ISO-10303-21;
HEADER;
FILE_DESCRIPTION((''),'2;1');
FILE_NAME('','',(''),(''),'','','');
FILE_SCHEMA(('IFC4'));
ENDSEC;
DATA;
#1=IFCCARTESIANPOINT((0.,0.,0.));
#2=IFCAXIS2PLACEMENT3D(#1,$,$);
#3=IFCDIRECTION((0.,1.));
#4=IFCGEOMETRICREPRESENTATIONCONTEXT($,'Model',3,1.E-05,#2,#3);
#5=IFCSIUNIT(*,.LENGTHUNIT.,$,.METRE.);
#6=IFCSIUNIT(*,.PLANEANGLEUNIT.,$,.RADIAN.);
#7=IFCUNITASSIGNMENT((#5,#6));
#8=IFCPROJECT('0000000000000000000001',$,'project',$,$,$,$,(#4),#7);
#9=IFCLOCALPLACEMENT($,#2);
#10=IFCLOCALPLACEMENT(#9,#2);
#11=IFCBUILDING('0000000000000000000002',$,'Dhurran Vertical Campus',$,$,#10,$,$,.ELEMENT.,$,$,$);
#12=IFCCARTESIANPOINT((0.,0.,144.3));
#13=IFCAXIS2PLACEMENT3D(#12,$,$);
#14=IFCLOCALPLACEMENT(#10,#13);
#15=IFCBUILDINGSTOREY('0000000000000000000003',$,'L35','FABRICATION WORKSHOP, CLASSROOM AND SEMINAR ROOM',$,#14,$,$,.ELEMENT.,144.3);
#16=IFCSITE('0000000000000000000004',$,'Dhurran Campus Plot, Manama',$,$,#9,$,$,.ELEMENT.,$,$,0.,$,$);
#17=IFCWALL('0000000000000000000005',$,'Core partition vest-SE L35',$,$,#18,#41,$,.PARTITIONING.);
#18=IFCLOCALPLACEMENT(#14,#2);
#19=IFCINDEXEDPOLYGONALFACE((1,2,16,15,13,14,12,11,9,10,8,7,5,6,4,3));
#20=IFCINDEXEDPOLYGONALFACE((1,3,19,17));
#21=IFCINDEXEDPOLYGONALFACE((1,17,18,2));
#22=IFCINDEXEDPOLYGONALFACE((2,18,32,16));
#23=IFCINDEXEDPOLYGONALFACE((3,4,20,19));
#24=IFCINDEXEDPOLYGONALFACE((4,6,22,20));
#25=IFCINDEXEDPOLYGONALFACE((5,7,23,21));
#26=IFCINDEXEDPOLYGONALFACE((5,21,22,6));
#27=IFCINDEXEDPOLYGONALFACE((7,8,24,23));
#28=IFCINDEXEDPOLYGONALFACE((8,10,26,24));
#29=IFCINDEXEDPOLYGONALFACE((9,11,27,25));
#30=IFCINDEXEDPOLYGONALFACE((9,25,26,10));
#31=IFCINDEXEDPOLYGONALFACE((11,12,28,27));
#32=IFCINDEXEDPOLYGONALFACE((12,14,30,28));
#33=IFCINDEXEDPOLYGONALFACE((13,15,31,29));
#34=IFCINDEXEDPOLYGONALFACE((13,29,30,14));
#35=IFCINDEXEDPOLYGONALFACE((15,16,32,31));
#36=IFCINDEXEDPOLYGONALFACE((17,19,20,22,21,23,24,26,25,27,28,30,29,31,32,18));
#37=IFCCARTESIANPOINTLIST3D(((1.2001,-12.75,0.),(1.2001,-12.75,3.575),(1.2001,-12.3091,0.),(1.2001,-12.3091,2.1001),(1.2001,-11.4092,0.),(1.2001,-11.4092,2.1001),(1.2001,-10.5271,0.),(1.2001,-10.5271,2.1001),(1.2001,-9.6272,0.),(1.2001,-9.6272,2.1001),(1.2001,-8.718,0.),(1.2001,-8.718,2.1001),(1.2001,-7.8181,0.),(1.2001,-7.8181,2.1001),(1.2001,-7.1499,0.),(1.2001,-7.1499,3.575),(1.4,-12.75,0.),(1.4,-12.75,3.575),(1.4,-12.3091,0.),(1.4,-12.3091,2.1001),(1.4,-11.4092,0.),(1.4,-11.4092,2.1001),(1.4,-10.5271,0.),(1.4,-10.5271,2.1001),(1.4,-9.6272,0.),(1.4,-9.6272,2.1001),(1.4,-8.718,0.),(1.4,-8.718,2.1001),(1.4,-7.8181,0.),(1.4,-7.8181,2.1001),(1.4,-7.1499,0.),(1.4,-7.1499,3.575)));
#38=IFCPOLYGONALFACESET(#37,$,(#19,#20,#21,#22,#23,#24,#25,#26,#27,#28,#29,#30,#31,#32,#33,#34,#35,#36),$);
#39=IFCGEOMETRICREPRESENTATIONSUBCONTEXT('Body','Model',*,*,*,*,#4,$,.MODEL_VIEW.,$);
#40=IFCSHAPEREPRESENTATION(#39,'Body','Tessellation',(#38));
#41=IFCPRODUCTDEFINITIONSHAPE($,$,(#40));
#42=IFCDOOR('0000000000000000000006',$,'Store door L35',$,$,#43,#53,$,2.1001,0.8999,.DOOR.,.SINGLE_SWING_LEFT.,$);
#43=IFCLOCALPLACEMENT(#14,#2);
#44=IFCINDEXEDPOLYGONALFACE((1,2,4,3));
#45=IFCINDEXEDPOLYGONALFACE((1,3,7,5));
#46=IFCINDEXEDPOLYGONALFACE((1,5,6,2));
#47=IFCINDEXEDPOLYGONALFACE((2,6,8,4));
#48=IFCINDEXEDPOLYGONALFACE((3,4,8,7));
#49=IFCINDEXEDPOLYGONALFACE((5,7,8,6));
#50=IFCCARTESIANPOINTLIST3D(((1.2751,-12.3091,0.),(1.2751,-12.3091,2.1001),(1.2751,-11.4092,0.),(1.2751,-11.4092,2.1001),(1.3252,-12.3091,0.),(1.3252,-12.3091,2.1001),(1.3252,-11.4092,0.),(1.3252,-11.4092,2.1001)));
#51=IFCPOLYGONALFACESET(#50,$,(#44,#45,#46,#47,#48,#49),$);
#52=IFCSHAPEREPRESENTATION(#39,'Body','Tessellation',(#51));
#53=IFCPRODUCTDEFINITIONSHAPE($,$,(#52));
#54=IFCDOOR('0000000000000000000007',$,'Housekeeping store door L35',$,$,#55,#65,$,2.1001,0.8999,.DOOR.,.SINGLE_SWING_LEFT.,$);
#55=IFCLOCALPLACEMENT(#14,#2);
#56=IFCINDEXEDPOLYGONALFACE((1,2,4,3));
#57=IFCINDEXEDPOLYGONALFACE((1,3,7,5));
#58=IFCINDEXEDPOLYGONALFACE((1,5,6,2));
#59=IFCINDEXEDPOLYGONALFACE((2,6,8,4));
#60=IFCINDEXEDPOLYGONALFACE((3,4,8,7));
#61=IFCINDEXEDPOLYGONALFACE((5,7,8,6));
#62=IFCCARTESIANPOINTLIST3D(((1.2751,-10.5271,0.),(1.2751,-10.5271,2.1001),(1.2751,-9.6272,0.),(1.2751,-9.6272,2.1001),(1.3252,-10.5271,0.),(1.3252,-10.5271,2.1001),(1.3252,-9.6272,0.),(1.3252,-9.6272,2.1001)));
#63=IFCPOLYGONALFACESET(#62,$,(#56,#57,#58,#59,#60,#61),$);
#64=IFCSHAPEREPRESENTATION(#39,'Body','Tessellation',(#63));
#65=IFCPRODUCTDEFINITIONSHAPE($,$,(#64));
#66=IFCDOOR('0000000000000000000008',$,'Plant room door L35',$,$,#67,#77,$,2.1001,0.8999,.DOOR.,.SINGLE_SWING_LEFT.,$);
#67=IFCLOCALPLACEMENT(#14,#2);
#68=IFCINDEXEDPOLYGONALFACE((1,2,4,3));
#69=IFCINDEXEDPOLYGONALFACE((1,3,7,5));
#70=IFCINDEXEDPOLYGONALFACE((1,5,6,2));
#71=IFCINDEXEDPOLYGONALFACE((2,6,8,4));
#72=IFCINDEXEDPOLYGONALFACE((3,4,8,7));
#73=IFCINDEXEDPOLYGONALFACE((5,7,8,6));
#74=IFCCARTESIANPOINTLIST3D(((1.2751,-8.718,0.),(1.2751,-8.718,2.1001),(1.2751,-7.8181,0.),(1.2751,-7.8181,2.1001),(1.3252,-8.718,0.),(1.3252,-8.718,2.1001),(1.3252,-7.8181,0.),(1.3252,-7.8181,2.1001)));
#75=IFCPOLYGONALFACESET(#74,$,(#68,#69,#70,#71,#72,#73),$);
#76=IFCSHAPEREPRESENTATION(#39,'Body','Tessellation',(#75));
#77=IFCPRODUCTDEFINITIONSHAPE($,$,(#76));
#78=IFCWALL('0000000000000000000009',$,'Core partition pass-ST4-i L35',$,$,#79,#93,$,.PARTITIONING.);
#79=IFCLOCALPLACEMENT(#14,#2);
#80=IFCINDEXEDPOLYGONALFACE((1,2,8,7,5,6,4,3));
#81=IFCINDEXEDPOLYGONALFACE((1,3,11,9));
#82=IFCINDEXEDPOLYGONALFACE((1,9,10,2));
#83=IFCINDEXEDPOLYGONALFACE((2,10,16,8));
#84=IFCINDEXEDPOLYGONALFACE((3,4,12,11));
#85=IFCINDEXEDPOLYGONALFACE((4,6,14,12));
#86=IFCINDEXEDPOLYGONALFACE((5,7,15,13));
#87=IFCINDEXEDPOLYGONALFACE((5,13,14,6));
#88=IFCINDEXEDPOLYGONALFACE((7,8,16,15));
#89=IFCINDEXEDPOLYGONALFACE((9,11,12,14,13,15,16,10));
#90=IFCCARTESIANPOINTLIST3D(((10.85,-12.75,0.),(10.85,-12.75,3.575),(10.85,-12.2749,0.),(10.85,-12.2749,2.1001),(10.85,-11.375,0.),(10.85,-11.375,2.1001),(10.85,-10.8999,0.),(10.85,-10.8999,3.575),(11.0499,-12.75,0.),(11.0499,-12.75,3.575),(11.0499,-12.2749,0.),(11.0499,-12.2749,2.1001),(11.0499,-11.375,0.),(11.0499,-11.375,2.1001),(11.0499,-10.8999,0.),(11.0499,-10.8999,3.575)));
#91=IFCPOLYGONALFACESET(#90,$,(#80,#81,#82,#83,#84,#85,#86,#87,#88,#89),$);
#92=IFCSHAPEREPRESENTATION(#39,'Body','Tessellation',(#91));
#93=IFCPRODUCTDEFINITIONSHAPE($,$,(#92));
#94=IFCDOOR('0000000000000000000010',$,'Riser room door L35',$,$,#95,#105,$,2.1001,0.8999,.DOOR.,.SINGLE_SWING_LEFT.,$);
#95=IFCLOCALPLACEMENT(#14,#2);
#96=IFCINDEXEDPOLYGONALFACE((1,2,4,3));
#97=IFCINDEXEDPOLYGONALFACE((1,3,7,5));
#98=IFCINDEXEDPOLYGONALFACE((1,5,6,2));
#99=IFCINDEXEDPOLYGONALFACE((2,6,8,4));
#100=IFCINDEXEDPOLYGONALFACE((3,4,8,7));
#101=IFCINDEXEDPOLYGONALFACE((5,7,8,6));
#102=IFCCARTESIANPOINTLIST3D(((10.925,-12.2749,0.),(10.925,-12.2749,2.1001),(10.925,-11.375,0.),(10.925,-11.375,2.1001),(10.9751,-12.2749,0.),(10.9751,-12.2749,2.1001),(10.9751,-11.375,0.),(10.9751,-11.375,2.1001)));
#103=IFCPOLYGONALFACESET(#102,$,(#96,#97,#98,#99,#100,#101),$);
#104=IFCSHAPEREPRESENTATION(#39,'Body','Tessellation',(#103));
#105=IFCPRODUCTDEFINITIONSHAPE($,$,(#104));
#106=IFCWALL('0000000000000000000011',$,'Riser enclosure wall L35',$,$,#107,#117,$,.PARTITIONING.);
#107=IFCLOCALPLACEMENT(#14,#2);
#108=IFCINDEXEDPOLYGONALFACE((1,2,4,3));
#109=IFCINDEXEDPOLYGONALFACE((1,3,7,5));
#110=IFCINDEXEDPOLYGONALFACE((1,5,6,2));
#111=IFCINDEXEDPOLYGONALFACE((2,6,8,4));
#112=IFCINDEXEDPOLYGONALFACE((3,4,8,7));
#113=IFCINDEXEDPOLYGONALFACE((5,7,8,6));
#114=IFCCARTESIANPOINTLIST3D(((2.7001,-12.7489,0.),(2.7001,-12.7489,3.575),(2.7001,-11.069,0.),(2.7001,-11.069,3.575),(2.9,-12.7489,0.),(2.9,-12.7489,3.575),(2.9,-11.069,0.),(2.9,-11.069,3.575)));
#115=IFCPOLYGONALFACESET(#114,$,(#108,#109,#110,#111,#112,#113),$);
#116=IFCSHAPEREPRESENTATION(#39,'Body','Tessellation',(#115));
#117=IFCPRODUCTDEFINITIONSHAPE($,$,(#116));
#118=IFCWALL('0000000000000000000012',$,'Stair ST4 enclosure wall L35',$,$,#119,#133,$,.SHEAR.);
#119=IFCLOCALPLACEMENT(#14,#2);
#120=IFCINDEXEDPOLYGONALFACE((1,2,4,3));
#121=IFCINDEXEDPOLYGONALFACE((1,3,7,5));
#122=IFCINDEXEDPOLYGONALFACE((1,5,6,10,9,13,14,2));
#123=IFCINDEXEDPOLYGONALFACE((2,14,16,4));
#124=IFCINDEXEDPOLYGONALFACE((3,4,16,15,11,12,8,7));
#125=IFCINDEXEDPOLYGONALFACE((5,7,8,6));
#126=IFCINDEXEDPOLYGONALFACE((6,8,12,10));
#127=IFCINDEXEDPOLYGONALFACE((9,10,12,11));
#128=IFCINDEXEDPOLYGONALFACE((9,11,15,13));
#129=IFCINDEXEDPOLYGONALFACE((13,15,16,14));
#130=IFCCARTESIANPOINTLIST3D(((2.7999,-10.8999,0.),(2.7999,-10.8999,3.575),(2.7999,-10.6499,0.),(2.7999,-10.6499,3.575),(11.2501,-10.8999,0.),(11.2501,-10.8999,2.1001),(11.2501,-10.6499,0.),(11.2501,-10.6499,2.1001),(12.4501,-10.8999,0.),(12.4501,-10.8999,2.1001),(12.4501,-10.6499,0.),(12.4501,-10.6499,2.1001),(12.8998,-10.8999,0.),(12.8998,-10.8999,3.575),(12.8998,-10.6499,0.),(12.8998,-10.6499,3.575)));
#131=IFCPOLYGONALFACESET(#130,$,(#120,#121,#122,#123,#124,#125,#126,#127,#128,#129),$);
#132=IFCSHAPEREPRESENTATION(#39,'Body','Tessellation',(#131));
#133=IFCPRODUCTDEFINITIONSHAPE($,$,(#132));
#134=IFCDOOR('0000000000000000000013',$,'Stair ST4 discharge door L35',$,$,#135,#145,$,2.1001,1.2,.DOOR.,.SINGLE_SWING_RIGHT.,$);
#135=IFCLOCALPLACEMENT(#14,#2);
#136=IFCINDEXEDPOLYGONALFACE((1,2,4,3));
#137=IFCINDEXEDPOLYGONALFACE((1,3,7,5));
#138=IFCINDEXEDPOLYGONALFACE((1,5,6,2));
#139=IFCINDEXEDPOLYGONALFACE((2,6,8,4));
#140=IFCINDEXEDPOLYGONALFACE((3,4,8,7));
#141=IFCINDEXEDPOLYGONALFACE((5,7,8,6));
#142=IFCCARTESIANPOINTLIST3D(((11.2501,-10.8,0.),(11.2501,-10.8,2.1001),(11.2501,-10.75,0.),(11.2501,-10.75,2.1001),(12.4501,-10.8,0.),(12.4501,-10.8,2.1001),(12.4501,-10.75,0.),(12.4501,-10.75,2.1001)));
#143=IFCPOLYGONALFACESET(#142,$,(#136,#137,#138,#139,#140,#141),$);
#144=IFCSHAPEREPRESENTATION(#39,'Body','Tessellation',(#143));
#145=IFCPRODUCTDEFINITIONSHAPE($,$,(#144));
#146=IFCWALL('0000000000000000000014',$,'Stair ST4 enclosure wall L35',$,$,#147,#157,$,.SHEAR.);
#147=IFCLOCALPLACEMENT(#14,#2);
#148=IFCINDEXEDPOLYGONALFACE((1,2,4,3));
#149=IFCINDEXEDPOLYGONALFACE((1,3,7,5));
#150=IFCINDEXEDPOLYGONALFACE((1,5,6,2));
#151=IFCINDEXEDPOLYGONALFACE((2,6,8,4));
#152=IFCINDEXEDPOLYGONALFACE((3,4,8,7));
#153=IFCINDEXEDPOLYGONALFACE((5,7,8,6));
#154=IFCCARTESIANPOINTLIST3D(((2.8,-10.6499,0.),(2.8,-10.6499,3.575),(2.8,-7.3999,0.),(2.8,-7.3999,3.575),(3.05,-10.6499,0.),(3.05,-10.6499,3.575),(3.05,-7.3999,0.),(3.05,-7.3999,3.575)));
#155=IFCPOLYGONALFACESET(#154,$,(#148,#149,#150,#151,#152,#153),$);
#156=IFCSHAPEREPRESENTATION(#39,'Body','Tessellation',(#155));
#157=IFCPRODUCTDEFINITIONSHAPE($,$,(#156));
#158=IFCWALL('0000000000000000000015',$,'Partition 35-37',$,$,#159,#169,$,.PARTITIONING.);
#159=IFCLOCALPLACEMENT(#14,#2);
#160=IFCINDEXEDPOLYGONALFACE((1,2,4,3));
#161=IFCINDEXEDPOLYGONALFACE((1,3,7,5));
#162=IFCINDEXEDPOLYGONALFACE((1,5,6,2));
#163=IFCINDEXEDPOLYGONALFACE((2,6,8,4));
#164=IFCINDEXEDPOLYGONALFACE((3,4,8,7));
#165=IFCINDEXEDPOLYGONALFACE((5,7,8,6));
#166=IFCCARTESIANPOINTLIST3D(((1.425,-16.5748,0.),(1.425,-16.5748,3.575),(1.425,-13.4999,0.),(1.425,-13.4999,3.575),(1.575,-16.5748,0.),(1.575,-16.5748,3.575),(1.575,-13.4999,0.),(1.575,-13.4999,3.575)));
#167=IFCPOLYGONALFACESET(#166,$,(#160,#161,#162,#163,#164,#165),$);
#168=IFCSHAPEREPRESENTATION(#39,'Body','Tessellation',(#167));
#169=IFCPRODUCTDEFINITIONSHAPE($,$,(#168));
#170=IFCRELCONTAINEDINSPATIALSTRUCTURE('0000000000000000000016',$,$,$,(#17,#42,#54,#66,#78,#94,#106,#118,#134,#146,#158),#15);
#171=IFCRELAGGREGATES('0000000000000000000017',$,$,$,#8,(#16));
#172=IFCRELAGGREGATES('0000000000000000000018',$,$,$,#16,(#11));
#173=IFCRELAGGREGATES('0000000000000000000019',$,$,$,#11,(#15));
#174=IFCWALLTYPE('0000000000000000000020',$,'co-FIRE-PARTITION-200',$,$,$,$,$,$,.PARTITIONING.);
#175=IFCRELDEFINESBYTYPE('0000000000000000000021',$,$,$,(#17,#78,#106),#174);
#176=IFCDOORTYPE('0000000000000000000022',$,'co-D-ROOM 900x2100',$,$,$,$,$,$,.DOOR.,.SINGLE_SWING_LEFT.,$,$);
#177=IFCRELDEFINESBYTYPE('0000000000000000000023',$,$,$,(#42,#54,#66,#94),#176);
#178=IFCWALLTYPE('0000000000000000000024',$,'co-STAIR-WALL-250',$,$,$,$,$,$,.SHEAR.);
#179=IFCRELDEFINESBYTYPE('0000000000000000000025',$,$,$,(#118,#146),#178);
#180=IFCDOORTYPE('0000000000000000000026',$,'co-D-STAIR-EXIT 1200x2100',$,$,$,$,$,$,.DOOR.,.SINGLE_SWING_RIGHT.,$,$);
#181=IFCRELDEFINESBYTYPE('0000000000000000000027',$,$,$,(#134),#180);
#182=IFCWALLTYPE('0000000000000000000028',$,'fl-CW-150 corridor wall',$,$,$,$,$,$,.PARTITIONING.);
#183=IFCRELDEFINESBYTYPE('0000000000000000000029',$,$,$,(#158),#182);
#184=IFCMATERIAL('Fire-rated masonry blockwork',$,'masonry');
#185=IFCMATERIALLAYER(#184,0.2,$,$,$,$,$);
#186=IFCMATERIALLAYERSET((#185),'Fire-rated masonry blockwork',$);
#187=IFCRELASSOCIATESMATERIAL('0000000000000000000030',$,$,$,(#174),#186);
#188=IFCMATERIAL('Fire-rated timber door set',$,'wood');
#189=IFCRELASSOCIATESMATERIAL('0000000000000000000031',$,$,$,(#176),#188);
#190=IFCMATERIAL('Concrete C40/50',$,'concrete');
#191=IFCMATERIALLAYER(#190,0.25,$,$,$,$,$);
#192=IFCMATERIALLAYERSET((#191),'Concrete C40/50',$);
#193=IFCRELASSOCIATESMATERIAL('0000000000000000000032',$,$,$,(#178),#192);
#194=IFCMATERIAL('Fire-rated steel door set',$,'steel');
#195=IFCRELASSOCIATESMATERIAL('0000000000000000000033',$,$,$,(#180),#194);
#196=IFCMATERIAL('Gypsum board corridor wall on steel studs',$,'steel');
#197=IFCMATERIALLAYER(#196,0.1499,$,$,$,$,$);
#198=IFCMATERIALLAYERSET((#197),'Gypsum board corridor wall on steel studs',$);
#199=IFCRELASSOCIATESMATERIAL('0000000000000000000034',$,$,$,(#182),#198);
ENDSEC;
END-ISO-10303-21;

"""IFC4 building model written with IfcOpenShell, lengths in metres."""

from ifc_helpers import new_model, si_unit, direction, frame, frame_2d, origin, place, context, subcontext, project, spatial, rectangle, extrude, material, layer, layer_set, type_object, element, fill, save


model = new_model("IFC4")

# Units and contexts
model_context = context("Model", 3, precision=1e-05, world=origin(), true_north=direction((0.0, 1.0)))
body_context = subcontext(model_context, "Body", "Model", "MODEL_VIEW")
ifc_project = project(units=[si_unit("LENGTHUNIT", "METRE"), si_unit("PLANEANGLEUNIT", "RADIAN")], contexts=[model_context])

# Site, building, storey
site_placement = place(None, origin())
site = spatial("IfcSite", under=ifc_project, at=site_placement, Name="Dhurran Campus Plot, Manama", CompositionType="ELEMENT", RefElevation=0.0)
building_placement = place(site_placement, origin())
building = spatial("IfcBuilding", under=site, at=building_placement, Name="Dhurran Vertical Campus", CompositionType="ELEMENT")
storey_placement = place(building_placement, frame((0.0, 0.0, 144.3)))
storey = spatial("IfcBuildingStorey", under=building, at=storey_placement, Name="L35", Description="FABRICATION WORKSHOP, CLASSROOM AND SEMINAR ROOM", CompositionType="ELEMENT", Elevation=144.3)

# Shared definitions
ifc_material_1 = material(Name="Fire-rated masonry blockwork", Category="masonry")
ifc_layer_1 = layer(ifc_material_1, 0.2)
ifc_layer_set_1 = layer_set([ifc_layer_1], Name="Fire-rated masonry blockwork")
wall_type_1 = type_object("IfcWallType", Name="co-FIRE-PARTITION-200", PredefinedType="PARTITIONING", material=ifc_layer_set_1)

# Wall, openings, doors
wall_1_placement = place(storey_placement, frame((1.3, -12.75, 0.0), z_axis=(0.0, 0.0, 1.0), x_axis=(0.0, 1.0, 0.0)))
wall_1 = element("IfcWall", 1, at=wall_1_placement, inside=storey, type_object=wall_type_1, Name="Core partition vest-SE L35", PredefinedType="PARTITIONING", context=body_context, shape_type="SweptSolid", body=[
    extrude(rectangle(XDim=5.6001, YDim=0.2, at=frame_2d((2.8, 0.0))), origin(), (0.0, 0.0, 1.0), 3.575),
])
opening_1_placement = place(wall_1_placement, frame((0.4409, 0.0, 0.0)))
opening_1 = element("IfcOpeningElement", 2, at=opening_1_placement, cuts=wall_1, PredefinedType="OPENING", context=body_context, shape_type="SweptSolid", body=[
    extrude(rectangle(XDim=0.8999, YDim=2.1001, at=frame_2d((0.45, 1.05))), frame((0.0, 0.1099, 0.0), z_axis=(0.0, -1.0, 0.0), x_axis=(1.0, 0.0, 0.0)), (0.0, 0.0, 1.0), 0.22),
])
opening_2_placement = place(wall_1_placement, frame((2.2229, 0.0, 0.0)))
opening_2 = element("IfcOpeningElement", 3, at=opening_2_placement, cuts=wall_1, PredefinedType="OPENING", context=body_context, shape_type="SweptSolid", body=[
    extrude(rectangle(XDim=0.8999, YDim=2.1001, at=frame_2d((0.45, 1.05))), frame((0.0, 0.1099, 0.0), z_axis=(0.0, -1.0, 0.0), x_axis=(1.0, 0.0, 0.0)), (0.0, 0.0, 1.0), 0.22),
])
opening_3_placement = place(wall_1_placement, frame((4.032, 0.0, 0.0)))
opening_3 = element("IfcOpeningElement", 4, at=opening_3_placement, cuts=wall_1, PredefinedType="OPENING", context=body_context, shape_type="SweptSolid", body=[
    extrude(rectangle(XDim=0.8999, YDim=2.1001, at=frame_2d((0.45, 1.05))), frame((0.0, 0.1099, 0.0), z_axis=(0.0, -1.0, 0.0), x_axis=(1.0, 0.0, 0.0)), (0.0, 0.0, 1.0), 0.22),
])
ifc_material_2 = material(Name="Fire-rated timber door set", Category="wood")
door_type_1 = type_object("IfcDoorType", Name="co-D-ROOM 900x2100", OperationType="SINGLE_SWING_LEFT", PredefinedType="DOOR", material=ifc_material_2)
door_1_placement = place(opening_1_placement, origin())
door_1 = element("IfcDoor", 5, at=door_1_placement, inside=storey, type_object=door_type_1, Name="Store door L35", OperationType="SINGLE_SWING_LEFT", OverallHeight=2.1001, OverallWidth=0.8999, PredefinedType="DOOR", context=body_context, shape_type="SweptSolid", body=[
    extrude(rectangle(XDim=0.8999, YDim=2.1001, at=frame_2d((0.45, 1.05))), frame((0.0, 0.0249, 0.0), z_axis=(0.0, -1.0, 0.0), x_axis=(1.0, 0.0, 0.0)), (0.0, 0.0, 1.0), 0.05),
])
fill(opening_1, door_1)
door_2_placement = place(opening_2_placement, origin())
door_2 = element("IfcDoor", 6, at=door_2_placement, inside=storey, type_object=door_type_1, Name="Housekeeping store door L35", OperationType="SINGLE_SWING_LEFT", OverallHeight=2.1001, OverallWidth=0.8999, PredefinedType="DOOR", context=body_context, shape_type="SweptSolid", body=[
    extrude(rectangle(XDim=0.8999, YDim=2.1001, at=frame_2d((0.45, 1.05))), frame((0.0, 0.0249, 0.0), z_axis=(0.0, -1.0, 0.0), x_axis=(1.0, 0.0, 0.0)), (0.0, 0.0, 1.0), 0.05),
])
fill(opening_2, door_2)
door_3_placement = place(opening_3_placement, origin())
door_3 = element("IfcDoor", 7, at=door_3_placement, inside=storey, type_object=door_type_1, Name="Plant room door L35", OperationType="SINGLE_SWING_LEFT", OverallHeight=2.1001, OverallWidth=0.8999, PredefinedType="DOOR", context=body_context, shape_type="SweptSolid", body=[
    extrude(rectangle(XDim=0.8999, YDim=2.1001, at=frame_2d((0.45, 1.05))), frame((0.0, 0.0249, 0.0), z_axis=(0.0, -1.0, 0.0), x_axis=(1.0, 0.0, 0.0)), (0.0, 0.0, 1.0), 0.05),
])
fill(opening_3, door_3)

# Wall, opening, door
wall_2_placement = place(storey_placement, frame((10.95, -12.75, 0.0), z_axis=(0.0, 0.0, 1.0), x_axis=(0.0, 1.0, 0.0)))
wall_2 = element("IfcWall", 8, at=wall_2_placement, inside=storey, type_object=wall_type_1, Name="Core partition pass-ST4-i L35", PredefinedType="PARTITIONING", context=body_context, shape_type="SweptSolid", body=[
    extrude(rectangle(XDim=1.8501, YDim=0.2, at=frame_2d((0.925, 0.0))), origin(), (0.0, 0.0, 1.0), 3.575),
])
opening_4_placement = place(wall_2_placement, frame((0.4751, 0.0, 0.0)))
opening_4 = element("IfcOpeningElement", 9, at=opening_4_placement, cuts=wall_2, PredefinedType="OPENING", context=body_context, shape_type="SweptSolid", body=[
    extrude(rectangle(XDim=0.8999, YDim=2.1001, at=frame_2d((0.45, 1.05))), frame((0.0, 0.1099, 0.0), z_axis=(0.0, -1.0, 0.0), x_axis=(1.0, 0.0, 0.0)), (0.0, 0.0, 1.0), 0.22),
])
door_4_placement = place(opening_4_placement, origin())
door_4 = element("IfcDoor", 10, at=door_4_placement, inside=storey, type_object=door_type_1, Name="Riser room door L35", OperationType="SINGLE_SWING_LEFT", OverallHeight=2.1001, OverallWidth=0.8999, PredefinedType="DOOR", context=body_context, shape_type="SweptSolid", body=[
    extrude(rectangle(XDim=0.8999, YDim=2.1001, at=frame_2d((0.45, 1.05))), frame((0.0, 0.0249, 0.0), z_axis=(0.0, -1.0, 0.0), x_axis=(1.0, 0.0, 0.0)), (0.0, 0.0, 1.0), 0.05),
])
fill(opening_4, door_4)

# Wall
wall_3_placement = place(storey_placement, frame((2.8, -11.0691, 0.0), z_axis=(0.0, 0.0, 1.0), x_axis=(0.0, -1.0, 0.0)))
element("IfcWall", 11, at=wall_3_placement, inside=storey, type_object=wall_type_1, Name="Riser enclosure wall L35", PredefinedType="PARTITIONING", context=body_context, shape_type="SweptSolid", body=[
    extrude(rectangle(XDim=1.6799, YDim=0.2, at=frame_2d((0.8398, 0.0))), origin(), (0.0, 0.0, 1.0), 3.575),
])

# Wall, opening, door
ifc_material_3 = material(Name="Concrete C40/50", Category="concrete")
ifc_layer_2 = layer(ifc_material_3, 0.25)
ifc_layer_set_2 = layer_set([ifc_layer_2], Name="Concrete C40/50")
wall_type_2 = type_object("IfcWallType", Name="co-STAIR-WALL-250", PredefinedType="SHEAR", material=ifc_layer_set_2)
wall_4_placement = place(storey_placement, frame((2.8, -10.7749, 0.0), z_axis=(0.0, 0.0, 1.0), x_axis=(1.0, 0.0, 0.0)))
wall_4 = element("IfcWall", 12, at=wall_4_placement, inside=storey, type_object=wall_type_2, Name="Stair ST4 enclosure wall L35", PredefinedType="SHEAR", context=body_context, shape_type="SweptSolid", body=[
    extrude(rectangle(XDim=10.0999, YDim=0.25, at=frame_2d((5.0498, 0.0))), origin(), (0.0, 0.0, 1.0), 3.575),
])
opening_5_placement = place(wall_4_placement, frame((8.45, 0.0, 0.0)))
opening_5 = element("IfcOpeningElement", 13, at=opening_5_placement, cuts=wall_4, PredefinedType="OPENING", context=body_context, shape_type="SweptSolid", body=[
    extrude(rectangle(XDim=1.2, YDim=2.1001, at=frame_2d((0.6001, 1.05))), frame((0.0, 0.135, 0.0), z_axis=(0.0, -1.0, 0.0), x_axis=(1.0, 0.0, 0.0)), (0.0, 0.0, 1.0), 0.27),
])
ifc_material_4 = material(Name="Fire-rated steel door set", Category="steel")
door_type_2 = type_object("IfcDoorType", Name="co-D-STAIR-EXIT 1200x2100", OperationType="SINGLE_SWING_RIGHT", PredefinedType="DOOR", material=ifc_material_4)
door_5_placement = place(opening_5_placement, origin())
door_5 = element("IfcDoor", 14, at=door_5_placement, inside=storey, type_object=door_type_2, Name="Stair ST4 discharge door L35", OperationType="SINGLE_SWING_RIGHT", OverallHeight=2.1001, OverallWidth=1.2, PredefinedType="DOOR", context=body_context, shape_type="SweptSolid", body=[
    extrude(rectangle(XDim=1.2, YDim=2.1001, at=frame_2d((0.6001, 1.05))), frame((0.0, 0.0249, 0.0), z_axis=(0.0, -1.0, 0.0), x_axis=(1.0, 0.0, 0.0)), (0.0, 0.0, 1.0), 0.05),
])
fill(opening_5, door_5)

# Walls
wall_5_placement = place(storey_placement, frame((2.925, -10.6499, 0.0), z_axis=(0.0, 0.0, 1.0), x_axis=(0.0, 1.0, 0.0)))
element("IfcWall", 15, at=wall_5_placement, inside=storey, type_object=wall_type_2, Name="Stair ST4 enclosure wall L35", PredefinedType="SHEAR", context=body_context, shape_type="SweptSolid", body=[
    extrude(rectangle(XDim=3.25, YDim=0.25, at=frame_2d((1.625, 0.0))), origin(), (0.0, 0.0, 1.0), 3.575),
])
ifc_material_5 = material(Name="Gypsum board corridor wall on steel studs", Category="steel")
ifc_layer_3 = layer(ifc_material_5, 0.1499)
ifc_layer_set_3 = layer_set([ifc_layer_3], Name="Gypsum board corridor wall on steel studs")
wall_type_3 = type_object("IfcWallType", Name="fl-CW-150 corridor wall", PredefinedType="PARTITIONING", material=ifc_layer_set_3)
wall_6_placement = place(storey_placement, frame((1.5, -16.575, 0.0), z_axis=(0.0, 0.0, 1.0), x_axis=(0.0, 1.0, 0.0)))
element("IfcWall", 16, at=wall_6_placement, inside=storey, type_object=wall_type_3, Name="Partition 35-37", PredefinedType="PARTITIONING", context=body_context, shape_type="SweptSolid", body=[
    extrude(rectangle(XDim=3.075, YDim=0.1499, at=frame_2d((1.5376, 0.0))), origin(), (0.0, 0.0, 1.0), 3.575),
])

save(model, "model.ifc")
